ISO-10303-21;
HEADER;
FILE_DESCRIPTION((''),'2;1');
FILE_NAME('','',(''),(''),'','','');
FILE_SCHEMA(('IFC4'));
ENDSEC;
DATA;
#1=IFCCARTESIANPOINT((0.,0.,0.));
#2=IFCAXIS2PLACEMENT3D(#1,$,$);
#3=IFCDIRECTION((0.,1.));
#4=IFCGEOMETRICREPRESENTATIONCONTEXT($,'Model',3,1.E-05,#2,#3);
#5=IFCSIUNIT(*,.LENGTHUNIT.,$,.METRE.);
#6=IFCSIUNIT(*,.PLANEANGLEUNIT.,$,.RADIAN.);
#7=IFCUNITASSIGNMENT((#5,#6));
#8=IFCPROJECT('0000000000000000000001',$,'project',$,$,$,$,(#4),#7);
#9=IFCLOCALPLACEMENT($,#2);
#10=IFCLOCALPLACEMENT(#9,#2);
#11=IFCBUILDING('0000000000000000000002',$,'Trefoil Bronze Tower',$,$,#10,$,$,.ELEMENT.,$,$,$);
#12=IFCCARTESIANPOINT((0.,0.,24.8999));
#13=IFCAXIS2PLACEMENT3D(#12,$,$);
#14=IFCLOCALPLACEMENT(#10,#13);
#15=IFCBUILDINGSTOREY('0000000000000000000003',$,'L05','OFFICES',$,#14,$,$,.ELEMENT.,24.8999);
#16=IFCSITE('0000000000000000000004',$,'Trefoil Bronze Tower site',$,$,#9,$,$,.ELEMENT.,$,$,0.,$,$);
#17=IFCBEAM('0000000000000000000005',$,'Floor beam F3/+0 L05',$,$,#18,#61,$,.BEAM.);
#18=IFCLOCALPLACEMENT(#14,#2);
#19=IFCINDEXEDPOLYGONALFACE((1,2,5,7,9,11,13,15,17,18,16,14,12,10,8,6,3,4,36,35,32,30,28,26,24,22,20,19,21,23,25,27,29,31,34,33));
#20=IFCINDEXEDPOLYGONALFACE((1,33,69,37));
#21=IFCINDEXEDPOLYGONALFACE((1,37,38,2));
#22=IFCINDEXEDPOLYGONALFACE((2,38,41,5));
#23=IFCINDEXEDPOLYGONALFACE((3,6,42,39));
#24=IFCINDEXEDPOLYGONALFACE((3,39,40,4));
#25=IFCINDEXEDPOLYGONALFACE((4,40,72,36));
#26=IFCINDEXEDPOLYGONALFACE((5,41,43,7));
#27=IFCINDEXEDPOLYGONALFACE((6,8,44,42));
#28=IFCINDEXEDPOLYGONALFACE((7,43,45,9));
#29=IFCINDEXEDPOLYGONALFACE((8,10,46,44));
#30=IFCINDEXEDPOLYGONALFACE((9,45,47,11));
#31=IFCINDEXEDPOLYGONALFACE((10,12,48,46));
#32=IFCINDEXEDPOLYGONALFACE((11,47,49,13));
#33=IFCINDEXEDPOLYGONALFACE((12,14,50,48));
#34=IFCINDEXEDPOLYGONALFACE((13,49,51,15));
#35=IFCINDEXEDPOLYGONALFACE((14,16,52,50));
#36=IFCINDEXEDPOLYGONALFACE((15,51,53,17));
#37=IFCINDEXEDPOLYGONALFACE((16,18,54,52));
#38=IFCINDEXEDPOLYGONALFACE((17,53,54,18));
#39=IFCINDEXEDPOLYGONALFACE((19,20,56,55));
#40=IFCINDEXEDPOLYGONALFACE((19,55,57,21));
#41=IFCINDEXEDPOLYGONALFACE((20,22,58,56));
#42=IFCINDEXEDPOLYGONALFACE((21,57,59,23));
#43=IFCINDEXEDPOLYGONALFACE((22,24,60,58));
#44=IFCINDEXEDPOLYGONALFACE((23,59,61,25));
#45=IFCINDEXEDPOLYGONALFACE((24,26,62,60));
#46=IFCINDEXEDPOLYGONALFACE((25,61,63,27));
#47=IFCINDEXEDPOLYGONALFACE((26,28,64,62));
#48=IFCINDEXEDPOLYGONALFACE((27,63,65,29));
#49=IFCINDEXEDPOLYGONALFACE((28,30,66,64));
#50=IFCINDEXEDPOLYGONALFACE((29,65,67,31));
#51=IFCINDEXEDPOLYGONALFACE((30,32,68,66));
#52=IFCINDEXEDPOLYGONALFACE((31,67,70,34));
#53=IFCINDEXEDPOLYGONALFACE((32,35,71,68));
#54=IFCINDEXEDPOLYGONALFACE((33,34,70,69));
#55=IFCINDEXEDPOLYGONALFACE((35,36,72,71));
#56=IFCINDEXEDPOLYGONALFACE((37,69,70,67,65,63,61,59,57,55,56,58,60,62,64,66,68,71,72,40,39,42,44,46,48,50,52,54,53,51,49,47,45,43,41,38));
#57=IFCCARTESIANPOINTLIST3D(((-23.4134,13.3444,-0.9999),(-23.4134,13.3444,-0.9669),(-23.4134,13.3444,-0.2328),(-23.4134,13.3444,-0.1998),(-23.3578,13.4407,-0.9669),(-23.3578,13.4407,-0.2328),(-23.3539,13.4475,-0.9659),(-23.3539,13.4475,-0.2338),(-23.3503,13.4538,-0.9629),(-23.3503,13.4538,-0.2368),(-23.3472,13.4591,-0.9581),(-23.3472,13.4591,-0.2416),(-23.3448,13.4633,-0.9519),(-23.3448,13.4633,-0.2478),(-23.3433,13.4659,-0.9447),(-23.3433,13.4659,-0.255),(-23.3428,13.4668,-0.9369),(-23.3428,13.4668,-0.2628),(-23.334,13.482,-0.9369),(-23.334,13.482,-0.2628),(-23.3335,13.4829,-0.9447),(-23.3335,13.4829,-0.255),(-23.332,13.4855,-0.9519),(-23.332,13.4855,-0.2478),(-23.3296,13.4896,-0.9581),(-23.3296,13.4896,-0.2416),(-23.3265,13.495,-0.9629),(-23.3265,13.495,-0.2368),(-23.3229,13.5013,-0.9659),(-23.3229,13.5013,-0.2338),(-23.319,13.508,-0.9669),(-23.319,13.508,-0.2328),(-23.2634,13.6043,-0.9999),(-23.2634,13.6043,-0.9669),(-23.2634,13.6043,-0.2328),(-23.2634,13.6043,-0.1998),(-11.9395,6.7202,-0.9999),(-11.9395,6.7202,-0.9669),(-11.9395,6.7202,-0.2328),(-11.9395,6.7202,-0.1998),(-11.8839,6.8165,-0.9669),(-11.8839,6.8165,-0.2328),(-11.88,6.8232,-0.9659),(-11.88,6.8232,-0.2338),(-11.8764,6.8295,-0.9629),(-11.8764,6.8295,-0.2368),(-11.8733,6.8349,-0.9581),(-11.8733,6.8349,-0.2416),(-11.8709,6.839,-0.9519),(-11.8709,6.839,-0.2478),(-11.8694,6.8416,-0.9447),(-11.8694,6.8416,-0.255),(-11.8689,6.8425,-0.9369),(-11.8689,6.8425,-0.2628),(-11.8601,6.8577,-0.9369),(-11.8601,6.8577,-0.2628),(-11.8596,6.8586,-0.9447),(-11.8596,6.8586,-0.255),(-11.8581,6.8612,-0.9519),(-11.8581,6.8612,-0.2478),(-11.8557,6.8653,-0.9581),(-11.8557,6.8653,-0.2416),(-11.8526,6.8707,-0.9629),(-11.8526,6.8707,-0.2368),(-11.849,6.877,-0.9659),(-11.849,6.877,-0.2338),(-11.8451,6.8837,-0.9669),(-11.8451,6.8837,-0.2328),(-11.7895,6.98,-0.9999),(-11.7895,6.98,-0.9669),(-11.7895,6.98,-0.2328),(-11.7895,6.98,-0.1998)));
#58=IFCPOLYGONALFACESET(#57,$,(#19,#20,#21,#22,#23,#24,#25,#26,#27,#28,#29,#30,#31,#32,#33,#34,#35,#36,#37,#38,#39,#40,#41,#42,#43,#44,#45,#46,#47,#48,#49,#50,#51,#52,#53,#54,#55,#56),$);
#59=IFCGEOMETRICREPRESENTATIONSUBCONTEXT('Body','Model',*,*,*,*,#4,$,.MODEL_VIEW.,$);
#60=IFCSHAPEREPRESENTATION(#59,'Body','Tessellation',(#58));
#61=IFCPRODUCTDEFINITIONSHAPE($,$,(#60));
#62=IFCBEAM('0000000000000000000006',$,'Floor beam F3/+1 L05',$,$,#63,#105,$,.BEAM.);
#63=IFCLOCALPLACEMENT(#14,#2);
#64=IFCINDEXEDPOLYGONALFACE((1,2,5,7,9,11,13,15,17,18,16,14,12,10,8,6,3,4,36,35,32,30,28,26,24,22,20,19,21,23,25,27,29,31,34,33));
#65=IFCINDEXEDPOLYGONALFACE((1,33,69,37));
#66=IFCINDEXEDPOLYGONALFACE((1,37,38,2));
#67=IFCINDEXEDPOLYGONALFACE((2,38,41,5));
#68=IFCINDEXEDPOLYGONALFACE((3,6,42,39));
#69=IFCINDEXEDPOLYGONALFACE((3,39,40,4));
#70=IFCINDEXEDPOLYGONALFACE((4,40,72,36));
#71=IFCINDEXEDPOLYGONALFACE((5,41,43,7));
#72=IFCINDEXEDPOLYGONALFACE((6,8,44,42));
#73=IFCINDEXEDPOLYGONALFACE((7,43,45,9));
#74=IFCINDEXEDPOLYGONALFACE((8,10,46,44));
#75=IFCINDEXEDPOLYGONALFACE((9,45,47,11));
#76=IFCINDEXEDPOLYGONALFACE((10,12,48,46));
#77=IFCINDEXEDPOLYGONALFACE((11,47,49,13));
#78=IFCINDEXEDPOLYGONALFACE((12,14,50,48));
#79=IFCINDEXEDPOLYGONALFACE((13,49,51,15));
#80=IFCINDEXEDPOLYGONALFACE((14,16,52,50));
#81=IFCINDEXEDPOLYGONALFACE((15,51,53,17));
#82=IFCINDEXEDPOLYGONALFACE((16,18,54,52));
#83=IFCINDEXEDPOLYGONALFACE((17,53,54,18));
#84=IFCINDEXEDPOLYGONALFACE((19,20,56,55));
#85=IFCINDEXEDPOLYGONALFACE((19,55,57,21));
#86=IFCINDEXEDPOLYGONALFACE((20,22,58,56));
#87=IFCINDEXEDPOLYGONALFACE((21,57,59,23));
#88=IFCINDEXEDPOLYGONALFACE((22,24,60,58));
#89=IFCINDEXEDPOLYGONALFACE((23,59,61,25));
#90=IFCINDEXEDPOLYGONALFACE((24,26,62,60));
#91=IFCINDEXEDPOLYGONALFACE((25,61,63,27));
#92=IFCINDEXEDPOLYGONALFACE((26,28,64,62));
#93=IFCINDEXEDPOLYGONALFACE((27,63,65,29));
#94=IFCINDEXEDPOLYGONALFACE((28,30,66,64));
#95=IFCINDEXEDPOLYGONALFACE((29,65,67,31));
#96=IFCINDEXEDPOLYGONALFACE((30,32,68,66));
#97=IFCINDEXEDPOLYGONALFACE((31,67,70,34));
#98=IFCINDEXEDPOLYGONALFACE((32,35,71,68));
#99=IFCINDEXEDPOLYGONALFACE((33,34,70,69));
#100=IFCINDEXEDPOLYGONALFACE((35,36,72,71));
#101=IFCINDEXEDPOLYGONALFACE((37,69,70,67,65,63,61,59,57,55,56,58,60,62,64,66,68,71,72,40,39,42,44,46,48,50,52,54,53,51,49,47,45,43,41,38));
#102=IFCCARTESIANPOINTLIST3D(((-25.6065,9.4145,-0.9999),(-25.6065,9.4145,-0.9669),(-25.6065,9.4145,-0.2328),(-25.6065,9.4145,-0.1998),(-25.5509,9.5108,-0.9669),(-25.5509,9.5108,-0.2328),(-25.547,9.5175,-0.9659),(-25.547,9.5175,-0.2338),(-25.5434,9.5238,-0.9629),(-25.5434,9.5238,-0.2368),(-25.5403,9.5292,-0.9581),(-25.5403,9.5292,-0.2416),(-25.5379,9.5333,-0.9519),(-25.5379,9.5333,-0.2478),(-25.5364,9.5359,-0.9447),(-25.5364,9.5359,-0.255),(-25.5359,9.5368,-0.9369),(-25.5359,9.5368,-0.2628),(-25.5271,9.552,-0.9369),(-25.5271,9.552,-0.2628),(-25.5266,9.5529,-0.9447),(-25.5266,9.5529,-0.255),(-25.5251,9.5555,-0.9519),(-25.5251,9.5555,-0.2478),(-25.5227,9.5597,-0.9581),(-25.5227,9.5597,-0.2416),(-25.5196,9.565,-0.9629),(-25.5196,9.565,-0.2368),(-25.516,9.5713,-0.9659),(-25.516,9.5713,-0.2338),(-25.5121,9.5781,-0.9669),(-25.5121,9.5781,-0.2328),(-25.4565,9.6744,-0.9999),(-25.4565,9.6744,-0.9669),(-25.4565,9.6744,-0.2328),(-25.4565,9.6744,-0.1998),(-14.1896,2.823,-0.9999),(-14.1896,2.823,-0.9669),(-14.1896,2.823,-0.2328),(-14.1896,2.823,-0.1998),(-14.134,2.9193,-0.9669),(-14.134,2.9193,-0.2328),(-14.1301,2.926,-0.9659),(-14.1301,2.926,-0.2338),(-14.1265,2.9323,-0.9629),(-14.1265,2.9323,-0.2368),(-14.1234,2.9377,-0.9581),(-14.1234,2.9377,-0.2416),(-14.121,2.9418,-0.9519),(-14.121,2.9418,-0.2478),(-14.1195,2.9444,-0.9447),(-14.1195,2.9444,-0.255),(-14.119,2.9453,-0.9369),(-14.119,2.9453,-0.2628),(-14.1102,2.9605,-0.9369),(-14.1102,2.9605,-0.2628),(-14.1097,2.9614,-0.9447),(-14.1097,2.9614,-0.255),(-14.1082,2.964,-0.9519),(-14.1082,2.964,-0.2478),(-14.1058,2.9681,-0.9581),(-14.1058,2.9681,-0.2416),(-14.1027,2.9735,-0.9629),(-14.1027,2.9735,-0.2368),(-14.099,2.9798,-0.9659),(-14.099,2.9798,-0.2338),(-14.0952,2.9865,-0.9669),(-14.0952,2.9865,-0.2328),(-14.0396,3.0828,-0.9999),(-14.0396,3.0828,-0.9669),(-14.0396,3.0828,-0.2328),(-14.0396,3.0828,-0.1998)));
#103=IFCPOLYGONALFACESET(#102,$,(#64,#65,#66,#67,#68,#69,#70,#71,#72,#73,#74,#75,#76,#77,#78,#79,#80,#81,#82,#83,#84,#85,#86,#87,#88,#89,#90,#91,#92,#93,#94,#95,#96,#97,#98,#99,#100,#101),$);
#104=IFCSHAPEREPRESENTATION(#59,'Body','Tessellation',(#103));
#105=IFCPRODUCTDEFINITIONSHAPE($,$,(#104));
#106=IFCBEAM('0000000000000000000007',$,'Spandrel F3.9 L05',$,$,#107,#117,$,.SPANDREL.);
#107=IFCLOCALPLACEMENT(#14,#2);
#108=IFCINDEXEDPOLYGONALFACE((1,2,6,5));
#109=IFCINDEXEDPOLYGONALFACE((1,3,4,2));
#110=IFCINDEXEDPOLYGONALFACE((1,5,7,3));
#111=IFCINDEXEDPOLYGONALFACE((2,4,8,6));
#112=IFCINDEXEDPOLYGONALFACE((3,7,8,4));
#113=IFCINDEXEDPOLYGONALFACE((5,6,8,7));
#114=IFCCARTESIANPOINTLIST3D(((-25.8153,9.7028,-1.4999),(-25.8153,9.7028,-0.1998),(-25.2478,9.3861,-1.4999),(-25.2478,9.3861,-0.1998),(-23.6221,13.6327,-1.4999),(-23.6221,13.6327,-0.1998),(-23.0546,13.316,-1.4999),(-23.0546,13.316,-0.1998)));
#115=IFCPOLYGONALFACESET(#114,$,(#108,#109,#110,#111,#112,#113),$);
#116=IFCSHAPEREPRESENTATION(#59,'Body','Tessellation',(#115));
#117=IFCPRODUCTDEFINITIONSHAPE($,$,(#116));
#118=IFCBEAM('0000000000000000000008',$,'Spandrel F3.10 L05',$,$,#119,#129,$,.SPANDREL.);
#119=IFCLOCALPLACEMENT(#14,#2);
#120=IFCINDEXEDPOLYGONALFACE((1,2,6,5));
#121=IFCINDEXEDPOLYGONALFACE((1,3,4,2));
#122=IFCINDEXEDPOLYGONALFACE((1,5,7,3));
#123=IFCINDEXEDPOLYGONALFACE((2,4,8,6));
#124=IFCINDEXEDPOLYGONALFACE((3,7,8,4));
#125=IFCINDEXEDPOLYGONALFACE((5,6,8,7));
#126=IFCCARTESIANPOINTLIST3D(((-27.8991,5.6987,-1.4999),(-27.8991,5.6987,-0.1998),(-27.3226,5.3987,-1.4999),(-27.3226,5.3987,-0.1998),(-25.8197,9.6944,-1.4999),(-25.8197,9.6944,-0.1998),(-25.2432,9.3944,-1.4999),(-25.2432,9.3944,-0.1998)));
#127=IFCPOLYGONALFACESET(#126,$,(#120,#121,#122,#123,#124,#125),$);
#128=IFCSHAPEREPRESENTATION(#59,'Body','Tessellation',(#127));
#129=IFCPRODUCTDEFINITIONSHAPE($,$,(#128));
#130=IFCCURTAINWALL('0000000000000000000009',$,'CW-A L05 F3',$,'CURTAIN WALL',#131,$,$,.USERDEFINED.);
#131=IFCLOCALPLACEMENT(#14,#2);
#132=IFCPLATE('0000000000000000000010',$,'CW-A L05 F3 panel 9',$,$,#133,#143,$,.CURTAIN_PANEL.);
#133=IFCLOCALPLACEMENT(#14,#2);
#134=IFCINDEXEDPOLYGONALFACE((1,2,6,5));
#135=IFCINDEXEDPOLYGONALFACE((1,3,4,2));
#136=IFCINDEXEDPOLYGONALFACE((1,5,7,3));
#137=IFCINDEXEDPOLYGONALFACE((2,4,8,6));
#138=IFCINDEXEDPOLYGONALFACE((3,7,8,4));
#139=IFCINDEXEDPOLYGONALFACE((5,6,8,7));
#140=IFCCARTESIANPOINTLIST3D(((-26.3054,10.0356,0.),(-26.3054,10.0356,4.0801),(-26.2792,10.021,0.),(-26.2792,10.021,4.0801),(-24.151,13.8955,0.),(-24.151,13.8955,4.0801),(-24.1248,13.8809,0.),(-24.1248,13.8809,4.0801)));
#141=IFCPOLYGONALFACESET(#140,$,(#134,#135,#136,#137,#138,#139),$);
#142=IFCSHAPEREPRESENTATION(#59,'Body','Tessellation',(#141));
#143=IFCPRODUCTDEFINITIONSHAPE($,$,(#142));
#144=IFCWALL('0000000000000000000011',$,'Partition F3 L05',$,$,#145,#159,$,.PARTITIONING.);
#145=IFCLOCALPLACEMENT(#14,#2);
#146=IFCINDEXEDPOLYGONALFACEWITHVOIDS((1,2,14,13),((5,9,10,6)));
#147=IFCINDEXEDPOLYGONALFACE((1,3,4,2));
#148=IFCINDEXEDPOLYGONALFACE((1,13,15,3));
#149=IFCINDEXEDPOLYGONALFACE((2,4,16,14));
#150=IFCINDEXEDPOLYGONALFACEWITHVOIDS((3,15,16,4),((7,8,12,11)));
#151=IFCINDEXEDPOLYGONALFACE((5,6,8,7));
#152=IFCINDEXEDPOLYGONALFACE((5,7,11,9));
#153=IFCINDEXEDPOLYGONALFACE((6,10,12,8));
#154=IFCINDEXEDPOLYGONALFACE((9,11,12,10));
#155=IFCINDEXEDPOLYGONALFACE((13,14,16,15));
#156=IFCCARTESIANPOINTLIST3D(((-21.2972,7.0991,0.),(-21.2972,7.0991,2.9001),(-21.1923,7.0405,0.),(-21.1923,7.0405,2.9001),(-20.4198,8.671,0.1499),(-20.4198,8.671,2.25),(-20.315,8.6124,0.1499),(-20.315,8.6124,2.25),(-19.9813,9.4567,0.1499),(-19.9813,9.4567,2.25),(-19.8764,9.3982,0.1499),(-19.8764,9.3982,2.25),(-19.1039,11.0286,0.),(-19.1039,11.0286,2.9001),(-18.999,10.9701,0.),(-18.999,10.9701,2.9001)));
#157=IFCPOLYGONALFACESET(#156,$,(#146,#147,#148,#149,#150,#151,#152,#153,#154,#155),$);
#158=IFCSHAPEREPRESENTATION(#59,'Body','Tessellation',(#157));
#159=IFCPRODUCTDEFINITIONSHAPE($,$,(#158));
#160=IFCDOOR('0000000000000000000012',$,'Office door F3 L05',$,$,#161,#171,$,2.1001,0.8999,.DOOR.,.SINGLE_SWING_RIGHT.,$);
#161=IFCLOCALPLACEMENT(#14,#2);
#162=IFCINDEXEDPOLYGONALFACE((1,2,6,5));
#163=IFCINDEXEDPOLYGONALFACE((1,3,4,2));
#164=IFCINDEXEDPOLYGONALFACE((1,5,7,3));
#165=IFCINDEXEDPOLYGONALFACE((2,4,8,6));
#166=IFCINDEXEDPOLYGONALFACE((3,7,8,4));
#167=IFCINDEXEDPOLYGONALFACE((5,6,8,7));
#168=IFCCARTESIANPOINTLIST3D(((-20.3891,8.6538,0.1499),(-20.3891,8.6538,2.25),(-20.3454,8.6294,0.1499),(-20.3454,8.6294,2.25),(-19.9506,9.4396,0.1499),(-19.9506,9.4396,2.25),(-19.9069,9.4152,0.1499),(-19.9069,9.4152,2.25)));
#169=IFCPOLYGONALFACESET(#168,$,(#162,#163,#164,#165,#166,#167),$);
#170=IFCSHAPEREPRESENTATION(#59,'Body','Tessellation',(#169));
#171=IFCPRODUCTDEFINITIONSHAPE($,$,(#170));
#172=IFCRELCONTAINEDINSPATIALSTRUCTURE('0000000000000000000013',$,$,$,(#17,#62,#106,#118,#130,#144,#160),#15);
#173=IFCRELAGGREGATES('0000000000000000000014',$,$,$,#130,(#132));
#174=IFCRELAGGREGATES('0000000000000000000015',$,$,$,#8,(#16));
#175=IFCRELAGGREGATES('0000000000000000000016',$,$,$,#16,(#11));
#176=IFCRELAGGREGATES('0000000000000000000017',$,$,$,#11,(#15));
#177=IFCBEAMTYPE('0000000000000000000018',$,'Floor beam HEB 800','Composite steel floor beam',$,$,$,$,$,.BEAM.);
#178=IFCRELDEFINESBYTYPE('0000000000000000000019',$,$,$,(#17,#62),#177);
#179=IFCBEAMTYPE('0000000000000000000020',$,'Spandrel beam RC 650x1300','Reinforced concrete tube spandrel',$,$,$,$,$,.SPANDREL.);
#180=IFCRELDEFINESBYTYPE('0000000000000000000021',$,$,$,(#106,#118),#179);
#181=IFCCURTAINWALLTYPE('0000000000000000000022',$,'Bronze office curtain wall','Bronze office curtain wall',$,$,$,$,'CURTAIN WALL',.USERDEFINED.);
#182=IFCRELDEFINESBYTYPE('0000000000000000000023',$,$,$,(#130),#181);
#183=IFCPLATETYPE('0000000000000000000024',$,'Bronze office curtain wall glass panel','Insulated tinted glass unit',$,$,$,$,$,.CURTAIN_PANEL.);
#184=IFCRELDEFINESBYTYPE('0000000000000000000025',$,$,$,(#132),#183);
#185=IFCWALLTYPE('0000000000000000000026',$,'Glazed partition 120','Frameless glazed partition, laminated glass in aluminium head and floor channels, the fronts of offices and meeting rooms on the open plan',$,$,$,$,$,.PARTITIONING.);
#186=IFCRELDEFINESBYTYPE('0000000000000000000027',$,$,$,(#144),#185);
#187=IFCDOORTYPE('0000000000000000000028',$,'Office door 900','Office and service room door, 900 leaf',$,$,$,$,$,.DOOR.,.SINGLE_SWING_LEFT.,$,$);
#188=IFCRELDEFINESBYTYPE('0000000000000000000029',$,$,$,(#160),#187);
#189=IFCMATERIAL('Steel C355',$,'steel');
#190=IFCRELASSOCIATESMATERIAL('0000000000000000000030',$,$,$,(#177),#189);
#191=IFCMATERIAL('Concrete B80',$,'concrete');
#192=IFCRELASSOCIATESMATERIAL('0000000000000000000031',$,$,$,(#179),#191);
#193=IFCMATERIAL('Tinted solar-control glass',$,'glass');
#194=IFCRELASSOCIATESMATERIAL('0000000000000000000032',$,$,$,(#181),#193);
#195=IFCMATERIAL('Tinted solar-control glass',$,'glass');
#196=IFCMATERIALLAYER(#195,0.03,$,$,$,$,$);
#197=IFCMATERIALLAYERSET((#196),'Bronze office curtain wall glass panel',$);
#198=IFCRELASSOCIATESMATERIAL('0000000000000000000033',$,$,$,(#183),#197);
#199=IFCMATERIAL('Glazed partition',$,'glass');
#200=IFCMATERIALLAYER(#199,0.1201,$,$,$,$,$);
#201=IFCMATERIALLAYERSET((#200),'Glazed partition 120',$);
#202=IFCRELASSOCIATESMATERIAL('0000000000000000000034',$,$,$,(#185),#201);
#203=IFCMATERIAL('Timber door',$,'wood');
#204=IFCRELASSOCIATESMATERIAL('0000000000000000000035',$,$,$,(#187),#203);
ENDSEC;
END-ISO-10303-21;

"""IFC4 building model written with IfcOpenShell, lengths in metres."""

from ifc_helpers import new_model, si_unit, direction, frame, frame_2d, origin, origin_2d, place, context, subcontext, project, spatial, rectangle, i_section, extrude, material, layer, layer_set, material_profile, profile_set, type_object, element, fill, aggregate, save


model = new_model("IFC4")

# Units and contexts
model_context = context("Model", 3, precision=1e-05, world=origin(), true_north=direction((0.0, 1.0)))
body_context = subcontext(model_context, "Body", "Model", "MODEL_VIEW")
ifc_project = project(units=[si_unit("LENGTHUNIT", "METRE"), si_unit("PLANEANGLEUNIT", "RADIAN")], contexts=[model_context])

# Site, building, storey
site_placement = place(None, origin())
site = spatial("IfcSite", under=ifc_project, at=site_placement, Name="Trefoil Bronze Tower site", CompositionType="ELEMENT", RefElevation=0.0)
building_placement = place(site_placement, origin())
building = spatial("IfcBuilding", under=site, at=building_placement, Name="Trefoil Bronze Tower", CompositionType="ELEMENT")
storey_placement = place(building_placement, frame((0.0, 0.0, 24.8999)))
storey = spatial("IfcBuildingStorey", under=building, at=storey_placement, Name="L05", Description="OFFICES", CompositionType="ELEMENT", Elevation=24.8999)

# Beams
ifc_material_1 = material(Name="Steel C355", Category="steel")
ifc_material_profile_1 = material_profile(ifc_material_1, i_section(OverallWidth=0.3, OverallDepth=0.8, WebThickness=0.0176, FlangeThickness=0.033, FilletRadius=0.03, at=origin_2d()), Name="HEB 800")
ifc_profile_set_1 = profile_set([ifc_material_profile_1], Name="Steel C355")
beam_type_1 = type_object("IfcBeamType", Name="Floor beam HEB 800", Description="Composite steel floor beam", PredefinedType="BEAM", material=ifc_profile_set_1)
beam_1_placement = place(storey_placement, frame((-23.3384, 13.4744, -0.5999), z_axis=(0.866031, -0.49999, 0.0), x_axis=(0.49999, 0.866031, 0.0)))
element("IfcBeam", 1, at=beam_1_placement, inside=storey, type_object=beam_type_1, Name="Floor beam F3/+0 L05", PredefinedType="BEAM", context=body_context, shape_type="SweptSolid", body=[
    extrude(i_section(OverallWidth=0.3, OverallDepth=0.8, WebThickness=0.0176, FlangeThickness=0.033, FilletRadius=0.03, at=origin_2d()), origin(), (0.0, 0.0, 1.0), 13.2488),
])
beam_2_placement = place(storey_placement, frame((-25.5315, 9.5444, -0.5999), z_axis=(0.866027, -0.499997, 0.0), x_axis=(0.499997, 0.866027, 0.0)))
element("IfcBeam", 2, at=beam_2_placement, inside=storey, type_object=beam_type_1, Name="Floor beam F3/+1 L05", PredefinedType="BEAM", context=body_context, shape_type="SweptSolid", body=[
    extrude(i_section(OverallWidth=0.3, OverallDepth=0.8, WebThickness=0.0176, FlangeThickness=0.033, FilletRadius=0.03, at=origin_2d()), origin(), (0.0, 0.0, 1.0), 13.1831),
])
ifc_material_2 = material(Name="Concrete B80", Category="concrete")
ifc_material_profile_2 = material_profile(ifc_material_2, rectangle(XDim=0.6499, YDim=1.3, at=origin_2d()), Name="RC 650x1300")
ifc_profile_set_2 = profile_set([ifc_material_profile_2], Name="Concrete B80")
beam_type_2 = type_object("IfcBeamType", Name="Spandrel beam RC 650x1300", Description="Reinforced concrete tube spandrel", PredefinedType="SPANDREL", material=ifc_profile_set_2)
beam_3_placement = place(storey_placement, frame((-23.3384, 13.4744, -0.8499), z_axis=(-0.487309, -0.873229, 0.0), x_axis=(0.873229, -0.487309, 0.0)))
element("IfcBeam", 3, at=beam_3_placement, inside=storey, type_object=beam_type_2, Name="Spandrel F3.9 L05", PredefinedType="SPANDREL", context=body_context, shape_type="SweptSolid", body=[
    extrude(rectangle(XDim=0.6499, YDim=1.3, at=origin_2d()), origin(), (0.0, 0.0, 1.0), 4.5005),
])
beam_4_placement = place(storey_placement, frame((-25.5315, 9.5444, -0.8499), z_axis=(-0.461638, -0.887069, 0.0), x_axis=(0.887069, -0.461638, 0.0)))
element("IfcBeam", 4, at=beam_4_placement, inside=storey, type_object=beam_type_2, Name="Spandrel F3.10 L05", PredefinedType="SPANDREL", context=body_context, shape_type="SweptSolid", body=[
    extrude(rectangle(XDim=0.6499, YDim=1.3, at=origin_2d()), origin(), (0.0, 0.0, 1.0), 4.5044),
])

# Curtain wall, plate
ifc_material_3 = material(Name="Tinted solar-control glass", Category="glass")
curtain_wall_type = type_object("IfcCurtainWallType", Name="Bronze office curtain wall", Description="Bronze office curtain wall", ElementType="CURTAIN WALL", PredefinedType="USERDEFINED", material=ifc_material_3)
curtain_wall_placement = place(storey_placement, origin())
curtain_wall = element("IfcCurtainWall", 5, at=curtain_wall_placement, inside=storey, type_object=curtain_wall_type, Name="CW-A L05 F3", ObjectType="CURTAIN WALL", PredefinedType="USERDEFINED")
ifc_material_4 = material(Name="Tinted solar-control glass", Category="glass")
ifc_layer_1 = layer(ifc_material_4, 0.03)
ifc_layer_set_1 = layer_set([ifc_layer_1], Name="Bronze office curtain wall glass panel")
plate_type = type_object("IfcPlateType", Name="Bronze office curtain wall glass panel", Description="Insulated tinted glass unit", PredefinedType="CURTAIN_PANEL", material=ifc_layer_set_1)
plate_placement = place(storey_placement, frame((-25.2151, 11.9583, 0.0), z_axis=(0.0, 0.0, 1.0), x_axis=(-0.487382, -0.873189, 0.0)))
plate = element("IfcPlate", 6, at=plate_placement, type_object=plate_type, Name="CW-A L05 F3 panel 9", PredefinedType="CURTAIN_PANEL", context=body_context, shape_type="SweptSolid", body=[
    extrude(rectangle(XDim=4.4204, YDim=0.03, at=origin_2d()), origin(), (0.0, 0.0, 1.0), 4.0801),
])
aggregate(curtain_wall, [plate])

# Wall, opening, door
ifc_material_5 = material(Name="Glazed partition", Category="glass")
ifc_layer_2 = layer(ifc_material_5, 0.1201)
ifc_layer_set_2 = layer_set([ifc_layer_2], Name="Glazed partition 120")
wall_type_1 = type_object("IfcWallType", Name="Glazed partition 120", Description="Frameless glazed partition, laminated glass in aluminium head and floor channels, the fronts of offices and meeting rooms on the open plan", PredefinedType="PARTITIONING", material=ifc_layer_set_2)
wall_1_placement = place(storey_placement, frame((-19.0515, 10.9993, 0.0), z_axis=(0.0, 0.0, 1.0), x_axis=(-0.487374, -0.873193, 0.0)))
wall_1 = element("IfcWall", 7, at=wall_1_placement, inside=storey, type_object=wall_type_1, Name="Partition F3 L05", PredefinedType="PARTITIONING", context=body_context, shape_type="SweptSolid", body=[
    extrude(rectangle(XDim=4.5002, YDim=0.1201, at=frame_2d((2.25, 0.0))), origin(), (0.0, 0.0, 1.0), 2.9001),
])
opening_1_placement = place(wall_1_placement, frame((1.8, 0.0, 0.1499)))
opening_1 = element("IfcOpeningElement", 8, at=opening_1_placement, cuts=wall_1, PredefinedType="OPENING", context=body_context, shape_type="SweptSolid", body=[
    extrude(rectangle(XDim=0.8999, YDim=2.1001, at=frame_2d((0.45, 1.05))), frame((0.0, 0.0701, 0.0), z_axis=(0.0, -1.0, 0.0), x_axis=(1.0, 0.0, 0.0)), (0.0, 0.0, 1.0), 0.1401),
])
ifc_material_6 = material(Name="Timber door", Category="wood")
door_type_1 = type_object("IfcDoorType", Name="Office door 900", Description="Office and service room door, 900 leaf", OperationType="SINGLE_SWING_LEFT", PredefinedType="DOOR", material=ifc_material_6)
door_1_placement = place(opening_1_placement, frame((0.8999, 0.0, 0.0), z_axis=(0.0, 0.0, 1.0), x_axis=(-1.0, 0.0, 0.0)))
door_1 = element("IfcDoor", 9, at=door_1_placement, inside=storey, type_object=door_type_1, Name="Office door F3 L05", OperationType="SINGLE_SWING_RIGHT", OverallHeight=2.1001, OverallWidth=0.8999, PredefinedType="DOOR", context=body_context, shape_type="SweptSolid", body=[
    extrude(rectangle(XDim=0.8999, YDim=2.1001, at=frame_2d((0.45, 1.05))), frame((0.0, 0.0249, 0.0), z_axis=(0.0, -1.0, 0.0), x_axis=(1.0, 0.0, 0.0)), (0.0, 0.0, 1.0), 0.05),
])
fill(opening_1, door_1)

save(model, "model.ifc")
